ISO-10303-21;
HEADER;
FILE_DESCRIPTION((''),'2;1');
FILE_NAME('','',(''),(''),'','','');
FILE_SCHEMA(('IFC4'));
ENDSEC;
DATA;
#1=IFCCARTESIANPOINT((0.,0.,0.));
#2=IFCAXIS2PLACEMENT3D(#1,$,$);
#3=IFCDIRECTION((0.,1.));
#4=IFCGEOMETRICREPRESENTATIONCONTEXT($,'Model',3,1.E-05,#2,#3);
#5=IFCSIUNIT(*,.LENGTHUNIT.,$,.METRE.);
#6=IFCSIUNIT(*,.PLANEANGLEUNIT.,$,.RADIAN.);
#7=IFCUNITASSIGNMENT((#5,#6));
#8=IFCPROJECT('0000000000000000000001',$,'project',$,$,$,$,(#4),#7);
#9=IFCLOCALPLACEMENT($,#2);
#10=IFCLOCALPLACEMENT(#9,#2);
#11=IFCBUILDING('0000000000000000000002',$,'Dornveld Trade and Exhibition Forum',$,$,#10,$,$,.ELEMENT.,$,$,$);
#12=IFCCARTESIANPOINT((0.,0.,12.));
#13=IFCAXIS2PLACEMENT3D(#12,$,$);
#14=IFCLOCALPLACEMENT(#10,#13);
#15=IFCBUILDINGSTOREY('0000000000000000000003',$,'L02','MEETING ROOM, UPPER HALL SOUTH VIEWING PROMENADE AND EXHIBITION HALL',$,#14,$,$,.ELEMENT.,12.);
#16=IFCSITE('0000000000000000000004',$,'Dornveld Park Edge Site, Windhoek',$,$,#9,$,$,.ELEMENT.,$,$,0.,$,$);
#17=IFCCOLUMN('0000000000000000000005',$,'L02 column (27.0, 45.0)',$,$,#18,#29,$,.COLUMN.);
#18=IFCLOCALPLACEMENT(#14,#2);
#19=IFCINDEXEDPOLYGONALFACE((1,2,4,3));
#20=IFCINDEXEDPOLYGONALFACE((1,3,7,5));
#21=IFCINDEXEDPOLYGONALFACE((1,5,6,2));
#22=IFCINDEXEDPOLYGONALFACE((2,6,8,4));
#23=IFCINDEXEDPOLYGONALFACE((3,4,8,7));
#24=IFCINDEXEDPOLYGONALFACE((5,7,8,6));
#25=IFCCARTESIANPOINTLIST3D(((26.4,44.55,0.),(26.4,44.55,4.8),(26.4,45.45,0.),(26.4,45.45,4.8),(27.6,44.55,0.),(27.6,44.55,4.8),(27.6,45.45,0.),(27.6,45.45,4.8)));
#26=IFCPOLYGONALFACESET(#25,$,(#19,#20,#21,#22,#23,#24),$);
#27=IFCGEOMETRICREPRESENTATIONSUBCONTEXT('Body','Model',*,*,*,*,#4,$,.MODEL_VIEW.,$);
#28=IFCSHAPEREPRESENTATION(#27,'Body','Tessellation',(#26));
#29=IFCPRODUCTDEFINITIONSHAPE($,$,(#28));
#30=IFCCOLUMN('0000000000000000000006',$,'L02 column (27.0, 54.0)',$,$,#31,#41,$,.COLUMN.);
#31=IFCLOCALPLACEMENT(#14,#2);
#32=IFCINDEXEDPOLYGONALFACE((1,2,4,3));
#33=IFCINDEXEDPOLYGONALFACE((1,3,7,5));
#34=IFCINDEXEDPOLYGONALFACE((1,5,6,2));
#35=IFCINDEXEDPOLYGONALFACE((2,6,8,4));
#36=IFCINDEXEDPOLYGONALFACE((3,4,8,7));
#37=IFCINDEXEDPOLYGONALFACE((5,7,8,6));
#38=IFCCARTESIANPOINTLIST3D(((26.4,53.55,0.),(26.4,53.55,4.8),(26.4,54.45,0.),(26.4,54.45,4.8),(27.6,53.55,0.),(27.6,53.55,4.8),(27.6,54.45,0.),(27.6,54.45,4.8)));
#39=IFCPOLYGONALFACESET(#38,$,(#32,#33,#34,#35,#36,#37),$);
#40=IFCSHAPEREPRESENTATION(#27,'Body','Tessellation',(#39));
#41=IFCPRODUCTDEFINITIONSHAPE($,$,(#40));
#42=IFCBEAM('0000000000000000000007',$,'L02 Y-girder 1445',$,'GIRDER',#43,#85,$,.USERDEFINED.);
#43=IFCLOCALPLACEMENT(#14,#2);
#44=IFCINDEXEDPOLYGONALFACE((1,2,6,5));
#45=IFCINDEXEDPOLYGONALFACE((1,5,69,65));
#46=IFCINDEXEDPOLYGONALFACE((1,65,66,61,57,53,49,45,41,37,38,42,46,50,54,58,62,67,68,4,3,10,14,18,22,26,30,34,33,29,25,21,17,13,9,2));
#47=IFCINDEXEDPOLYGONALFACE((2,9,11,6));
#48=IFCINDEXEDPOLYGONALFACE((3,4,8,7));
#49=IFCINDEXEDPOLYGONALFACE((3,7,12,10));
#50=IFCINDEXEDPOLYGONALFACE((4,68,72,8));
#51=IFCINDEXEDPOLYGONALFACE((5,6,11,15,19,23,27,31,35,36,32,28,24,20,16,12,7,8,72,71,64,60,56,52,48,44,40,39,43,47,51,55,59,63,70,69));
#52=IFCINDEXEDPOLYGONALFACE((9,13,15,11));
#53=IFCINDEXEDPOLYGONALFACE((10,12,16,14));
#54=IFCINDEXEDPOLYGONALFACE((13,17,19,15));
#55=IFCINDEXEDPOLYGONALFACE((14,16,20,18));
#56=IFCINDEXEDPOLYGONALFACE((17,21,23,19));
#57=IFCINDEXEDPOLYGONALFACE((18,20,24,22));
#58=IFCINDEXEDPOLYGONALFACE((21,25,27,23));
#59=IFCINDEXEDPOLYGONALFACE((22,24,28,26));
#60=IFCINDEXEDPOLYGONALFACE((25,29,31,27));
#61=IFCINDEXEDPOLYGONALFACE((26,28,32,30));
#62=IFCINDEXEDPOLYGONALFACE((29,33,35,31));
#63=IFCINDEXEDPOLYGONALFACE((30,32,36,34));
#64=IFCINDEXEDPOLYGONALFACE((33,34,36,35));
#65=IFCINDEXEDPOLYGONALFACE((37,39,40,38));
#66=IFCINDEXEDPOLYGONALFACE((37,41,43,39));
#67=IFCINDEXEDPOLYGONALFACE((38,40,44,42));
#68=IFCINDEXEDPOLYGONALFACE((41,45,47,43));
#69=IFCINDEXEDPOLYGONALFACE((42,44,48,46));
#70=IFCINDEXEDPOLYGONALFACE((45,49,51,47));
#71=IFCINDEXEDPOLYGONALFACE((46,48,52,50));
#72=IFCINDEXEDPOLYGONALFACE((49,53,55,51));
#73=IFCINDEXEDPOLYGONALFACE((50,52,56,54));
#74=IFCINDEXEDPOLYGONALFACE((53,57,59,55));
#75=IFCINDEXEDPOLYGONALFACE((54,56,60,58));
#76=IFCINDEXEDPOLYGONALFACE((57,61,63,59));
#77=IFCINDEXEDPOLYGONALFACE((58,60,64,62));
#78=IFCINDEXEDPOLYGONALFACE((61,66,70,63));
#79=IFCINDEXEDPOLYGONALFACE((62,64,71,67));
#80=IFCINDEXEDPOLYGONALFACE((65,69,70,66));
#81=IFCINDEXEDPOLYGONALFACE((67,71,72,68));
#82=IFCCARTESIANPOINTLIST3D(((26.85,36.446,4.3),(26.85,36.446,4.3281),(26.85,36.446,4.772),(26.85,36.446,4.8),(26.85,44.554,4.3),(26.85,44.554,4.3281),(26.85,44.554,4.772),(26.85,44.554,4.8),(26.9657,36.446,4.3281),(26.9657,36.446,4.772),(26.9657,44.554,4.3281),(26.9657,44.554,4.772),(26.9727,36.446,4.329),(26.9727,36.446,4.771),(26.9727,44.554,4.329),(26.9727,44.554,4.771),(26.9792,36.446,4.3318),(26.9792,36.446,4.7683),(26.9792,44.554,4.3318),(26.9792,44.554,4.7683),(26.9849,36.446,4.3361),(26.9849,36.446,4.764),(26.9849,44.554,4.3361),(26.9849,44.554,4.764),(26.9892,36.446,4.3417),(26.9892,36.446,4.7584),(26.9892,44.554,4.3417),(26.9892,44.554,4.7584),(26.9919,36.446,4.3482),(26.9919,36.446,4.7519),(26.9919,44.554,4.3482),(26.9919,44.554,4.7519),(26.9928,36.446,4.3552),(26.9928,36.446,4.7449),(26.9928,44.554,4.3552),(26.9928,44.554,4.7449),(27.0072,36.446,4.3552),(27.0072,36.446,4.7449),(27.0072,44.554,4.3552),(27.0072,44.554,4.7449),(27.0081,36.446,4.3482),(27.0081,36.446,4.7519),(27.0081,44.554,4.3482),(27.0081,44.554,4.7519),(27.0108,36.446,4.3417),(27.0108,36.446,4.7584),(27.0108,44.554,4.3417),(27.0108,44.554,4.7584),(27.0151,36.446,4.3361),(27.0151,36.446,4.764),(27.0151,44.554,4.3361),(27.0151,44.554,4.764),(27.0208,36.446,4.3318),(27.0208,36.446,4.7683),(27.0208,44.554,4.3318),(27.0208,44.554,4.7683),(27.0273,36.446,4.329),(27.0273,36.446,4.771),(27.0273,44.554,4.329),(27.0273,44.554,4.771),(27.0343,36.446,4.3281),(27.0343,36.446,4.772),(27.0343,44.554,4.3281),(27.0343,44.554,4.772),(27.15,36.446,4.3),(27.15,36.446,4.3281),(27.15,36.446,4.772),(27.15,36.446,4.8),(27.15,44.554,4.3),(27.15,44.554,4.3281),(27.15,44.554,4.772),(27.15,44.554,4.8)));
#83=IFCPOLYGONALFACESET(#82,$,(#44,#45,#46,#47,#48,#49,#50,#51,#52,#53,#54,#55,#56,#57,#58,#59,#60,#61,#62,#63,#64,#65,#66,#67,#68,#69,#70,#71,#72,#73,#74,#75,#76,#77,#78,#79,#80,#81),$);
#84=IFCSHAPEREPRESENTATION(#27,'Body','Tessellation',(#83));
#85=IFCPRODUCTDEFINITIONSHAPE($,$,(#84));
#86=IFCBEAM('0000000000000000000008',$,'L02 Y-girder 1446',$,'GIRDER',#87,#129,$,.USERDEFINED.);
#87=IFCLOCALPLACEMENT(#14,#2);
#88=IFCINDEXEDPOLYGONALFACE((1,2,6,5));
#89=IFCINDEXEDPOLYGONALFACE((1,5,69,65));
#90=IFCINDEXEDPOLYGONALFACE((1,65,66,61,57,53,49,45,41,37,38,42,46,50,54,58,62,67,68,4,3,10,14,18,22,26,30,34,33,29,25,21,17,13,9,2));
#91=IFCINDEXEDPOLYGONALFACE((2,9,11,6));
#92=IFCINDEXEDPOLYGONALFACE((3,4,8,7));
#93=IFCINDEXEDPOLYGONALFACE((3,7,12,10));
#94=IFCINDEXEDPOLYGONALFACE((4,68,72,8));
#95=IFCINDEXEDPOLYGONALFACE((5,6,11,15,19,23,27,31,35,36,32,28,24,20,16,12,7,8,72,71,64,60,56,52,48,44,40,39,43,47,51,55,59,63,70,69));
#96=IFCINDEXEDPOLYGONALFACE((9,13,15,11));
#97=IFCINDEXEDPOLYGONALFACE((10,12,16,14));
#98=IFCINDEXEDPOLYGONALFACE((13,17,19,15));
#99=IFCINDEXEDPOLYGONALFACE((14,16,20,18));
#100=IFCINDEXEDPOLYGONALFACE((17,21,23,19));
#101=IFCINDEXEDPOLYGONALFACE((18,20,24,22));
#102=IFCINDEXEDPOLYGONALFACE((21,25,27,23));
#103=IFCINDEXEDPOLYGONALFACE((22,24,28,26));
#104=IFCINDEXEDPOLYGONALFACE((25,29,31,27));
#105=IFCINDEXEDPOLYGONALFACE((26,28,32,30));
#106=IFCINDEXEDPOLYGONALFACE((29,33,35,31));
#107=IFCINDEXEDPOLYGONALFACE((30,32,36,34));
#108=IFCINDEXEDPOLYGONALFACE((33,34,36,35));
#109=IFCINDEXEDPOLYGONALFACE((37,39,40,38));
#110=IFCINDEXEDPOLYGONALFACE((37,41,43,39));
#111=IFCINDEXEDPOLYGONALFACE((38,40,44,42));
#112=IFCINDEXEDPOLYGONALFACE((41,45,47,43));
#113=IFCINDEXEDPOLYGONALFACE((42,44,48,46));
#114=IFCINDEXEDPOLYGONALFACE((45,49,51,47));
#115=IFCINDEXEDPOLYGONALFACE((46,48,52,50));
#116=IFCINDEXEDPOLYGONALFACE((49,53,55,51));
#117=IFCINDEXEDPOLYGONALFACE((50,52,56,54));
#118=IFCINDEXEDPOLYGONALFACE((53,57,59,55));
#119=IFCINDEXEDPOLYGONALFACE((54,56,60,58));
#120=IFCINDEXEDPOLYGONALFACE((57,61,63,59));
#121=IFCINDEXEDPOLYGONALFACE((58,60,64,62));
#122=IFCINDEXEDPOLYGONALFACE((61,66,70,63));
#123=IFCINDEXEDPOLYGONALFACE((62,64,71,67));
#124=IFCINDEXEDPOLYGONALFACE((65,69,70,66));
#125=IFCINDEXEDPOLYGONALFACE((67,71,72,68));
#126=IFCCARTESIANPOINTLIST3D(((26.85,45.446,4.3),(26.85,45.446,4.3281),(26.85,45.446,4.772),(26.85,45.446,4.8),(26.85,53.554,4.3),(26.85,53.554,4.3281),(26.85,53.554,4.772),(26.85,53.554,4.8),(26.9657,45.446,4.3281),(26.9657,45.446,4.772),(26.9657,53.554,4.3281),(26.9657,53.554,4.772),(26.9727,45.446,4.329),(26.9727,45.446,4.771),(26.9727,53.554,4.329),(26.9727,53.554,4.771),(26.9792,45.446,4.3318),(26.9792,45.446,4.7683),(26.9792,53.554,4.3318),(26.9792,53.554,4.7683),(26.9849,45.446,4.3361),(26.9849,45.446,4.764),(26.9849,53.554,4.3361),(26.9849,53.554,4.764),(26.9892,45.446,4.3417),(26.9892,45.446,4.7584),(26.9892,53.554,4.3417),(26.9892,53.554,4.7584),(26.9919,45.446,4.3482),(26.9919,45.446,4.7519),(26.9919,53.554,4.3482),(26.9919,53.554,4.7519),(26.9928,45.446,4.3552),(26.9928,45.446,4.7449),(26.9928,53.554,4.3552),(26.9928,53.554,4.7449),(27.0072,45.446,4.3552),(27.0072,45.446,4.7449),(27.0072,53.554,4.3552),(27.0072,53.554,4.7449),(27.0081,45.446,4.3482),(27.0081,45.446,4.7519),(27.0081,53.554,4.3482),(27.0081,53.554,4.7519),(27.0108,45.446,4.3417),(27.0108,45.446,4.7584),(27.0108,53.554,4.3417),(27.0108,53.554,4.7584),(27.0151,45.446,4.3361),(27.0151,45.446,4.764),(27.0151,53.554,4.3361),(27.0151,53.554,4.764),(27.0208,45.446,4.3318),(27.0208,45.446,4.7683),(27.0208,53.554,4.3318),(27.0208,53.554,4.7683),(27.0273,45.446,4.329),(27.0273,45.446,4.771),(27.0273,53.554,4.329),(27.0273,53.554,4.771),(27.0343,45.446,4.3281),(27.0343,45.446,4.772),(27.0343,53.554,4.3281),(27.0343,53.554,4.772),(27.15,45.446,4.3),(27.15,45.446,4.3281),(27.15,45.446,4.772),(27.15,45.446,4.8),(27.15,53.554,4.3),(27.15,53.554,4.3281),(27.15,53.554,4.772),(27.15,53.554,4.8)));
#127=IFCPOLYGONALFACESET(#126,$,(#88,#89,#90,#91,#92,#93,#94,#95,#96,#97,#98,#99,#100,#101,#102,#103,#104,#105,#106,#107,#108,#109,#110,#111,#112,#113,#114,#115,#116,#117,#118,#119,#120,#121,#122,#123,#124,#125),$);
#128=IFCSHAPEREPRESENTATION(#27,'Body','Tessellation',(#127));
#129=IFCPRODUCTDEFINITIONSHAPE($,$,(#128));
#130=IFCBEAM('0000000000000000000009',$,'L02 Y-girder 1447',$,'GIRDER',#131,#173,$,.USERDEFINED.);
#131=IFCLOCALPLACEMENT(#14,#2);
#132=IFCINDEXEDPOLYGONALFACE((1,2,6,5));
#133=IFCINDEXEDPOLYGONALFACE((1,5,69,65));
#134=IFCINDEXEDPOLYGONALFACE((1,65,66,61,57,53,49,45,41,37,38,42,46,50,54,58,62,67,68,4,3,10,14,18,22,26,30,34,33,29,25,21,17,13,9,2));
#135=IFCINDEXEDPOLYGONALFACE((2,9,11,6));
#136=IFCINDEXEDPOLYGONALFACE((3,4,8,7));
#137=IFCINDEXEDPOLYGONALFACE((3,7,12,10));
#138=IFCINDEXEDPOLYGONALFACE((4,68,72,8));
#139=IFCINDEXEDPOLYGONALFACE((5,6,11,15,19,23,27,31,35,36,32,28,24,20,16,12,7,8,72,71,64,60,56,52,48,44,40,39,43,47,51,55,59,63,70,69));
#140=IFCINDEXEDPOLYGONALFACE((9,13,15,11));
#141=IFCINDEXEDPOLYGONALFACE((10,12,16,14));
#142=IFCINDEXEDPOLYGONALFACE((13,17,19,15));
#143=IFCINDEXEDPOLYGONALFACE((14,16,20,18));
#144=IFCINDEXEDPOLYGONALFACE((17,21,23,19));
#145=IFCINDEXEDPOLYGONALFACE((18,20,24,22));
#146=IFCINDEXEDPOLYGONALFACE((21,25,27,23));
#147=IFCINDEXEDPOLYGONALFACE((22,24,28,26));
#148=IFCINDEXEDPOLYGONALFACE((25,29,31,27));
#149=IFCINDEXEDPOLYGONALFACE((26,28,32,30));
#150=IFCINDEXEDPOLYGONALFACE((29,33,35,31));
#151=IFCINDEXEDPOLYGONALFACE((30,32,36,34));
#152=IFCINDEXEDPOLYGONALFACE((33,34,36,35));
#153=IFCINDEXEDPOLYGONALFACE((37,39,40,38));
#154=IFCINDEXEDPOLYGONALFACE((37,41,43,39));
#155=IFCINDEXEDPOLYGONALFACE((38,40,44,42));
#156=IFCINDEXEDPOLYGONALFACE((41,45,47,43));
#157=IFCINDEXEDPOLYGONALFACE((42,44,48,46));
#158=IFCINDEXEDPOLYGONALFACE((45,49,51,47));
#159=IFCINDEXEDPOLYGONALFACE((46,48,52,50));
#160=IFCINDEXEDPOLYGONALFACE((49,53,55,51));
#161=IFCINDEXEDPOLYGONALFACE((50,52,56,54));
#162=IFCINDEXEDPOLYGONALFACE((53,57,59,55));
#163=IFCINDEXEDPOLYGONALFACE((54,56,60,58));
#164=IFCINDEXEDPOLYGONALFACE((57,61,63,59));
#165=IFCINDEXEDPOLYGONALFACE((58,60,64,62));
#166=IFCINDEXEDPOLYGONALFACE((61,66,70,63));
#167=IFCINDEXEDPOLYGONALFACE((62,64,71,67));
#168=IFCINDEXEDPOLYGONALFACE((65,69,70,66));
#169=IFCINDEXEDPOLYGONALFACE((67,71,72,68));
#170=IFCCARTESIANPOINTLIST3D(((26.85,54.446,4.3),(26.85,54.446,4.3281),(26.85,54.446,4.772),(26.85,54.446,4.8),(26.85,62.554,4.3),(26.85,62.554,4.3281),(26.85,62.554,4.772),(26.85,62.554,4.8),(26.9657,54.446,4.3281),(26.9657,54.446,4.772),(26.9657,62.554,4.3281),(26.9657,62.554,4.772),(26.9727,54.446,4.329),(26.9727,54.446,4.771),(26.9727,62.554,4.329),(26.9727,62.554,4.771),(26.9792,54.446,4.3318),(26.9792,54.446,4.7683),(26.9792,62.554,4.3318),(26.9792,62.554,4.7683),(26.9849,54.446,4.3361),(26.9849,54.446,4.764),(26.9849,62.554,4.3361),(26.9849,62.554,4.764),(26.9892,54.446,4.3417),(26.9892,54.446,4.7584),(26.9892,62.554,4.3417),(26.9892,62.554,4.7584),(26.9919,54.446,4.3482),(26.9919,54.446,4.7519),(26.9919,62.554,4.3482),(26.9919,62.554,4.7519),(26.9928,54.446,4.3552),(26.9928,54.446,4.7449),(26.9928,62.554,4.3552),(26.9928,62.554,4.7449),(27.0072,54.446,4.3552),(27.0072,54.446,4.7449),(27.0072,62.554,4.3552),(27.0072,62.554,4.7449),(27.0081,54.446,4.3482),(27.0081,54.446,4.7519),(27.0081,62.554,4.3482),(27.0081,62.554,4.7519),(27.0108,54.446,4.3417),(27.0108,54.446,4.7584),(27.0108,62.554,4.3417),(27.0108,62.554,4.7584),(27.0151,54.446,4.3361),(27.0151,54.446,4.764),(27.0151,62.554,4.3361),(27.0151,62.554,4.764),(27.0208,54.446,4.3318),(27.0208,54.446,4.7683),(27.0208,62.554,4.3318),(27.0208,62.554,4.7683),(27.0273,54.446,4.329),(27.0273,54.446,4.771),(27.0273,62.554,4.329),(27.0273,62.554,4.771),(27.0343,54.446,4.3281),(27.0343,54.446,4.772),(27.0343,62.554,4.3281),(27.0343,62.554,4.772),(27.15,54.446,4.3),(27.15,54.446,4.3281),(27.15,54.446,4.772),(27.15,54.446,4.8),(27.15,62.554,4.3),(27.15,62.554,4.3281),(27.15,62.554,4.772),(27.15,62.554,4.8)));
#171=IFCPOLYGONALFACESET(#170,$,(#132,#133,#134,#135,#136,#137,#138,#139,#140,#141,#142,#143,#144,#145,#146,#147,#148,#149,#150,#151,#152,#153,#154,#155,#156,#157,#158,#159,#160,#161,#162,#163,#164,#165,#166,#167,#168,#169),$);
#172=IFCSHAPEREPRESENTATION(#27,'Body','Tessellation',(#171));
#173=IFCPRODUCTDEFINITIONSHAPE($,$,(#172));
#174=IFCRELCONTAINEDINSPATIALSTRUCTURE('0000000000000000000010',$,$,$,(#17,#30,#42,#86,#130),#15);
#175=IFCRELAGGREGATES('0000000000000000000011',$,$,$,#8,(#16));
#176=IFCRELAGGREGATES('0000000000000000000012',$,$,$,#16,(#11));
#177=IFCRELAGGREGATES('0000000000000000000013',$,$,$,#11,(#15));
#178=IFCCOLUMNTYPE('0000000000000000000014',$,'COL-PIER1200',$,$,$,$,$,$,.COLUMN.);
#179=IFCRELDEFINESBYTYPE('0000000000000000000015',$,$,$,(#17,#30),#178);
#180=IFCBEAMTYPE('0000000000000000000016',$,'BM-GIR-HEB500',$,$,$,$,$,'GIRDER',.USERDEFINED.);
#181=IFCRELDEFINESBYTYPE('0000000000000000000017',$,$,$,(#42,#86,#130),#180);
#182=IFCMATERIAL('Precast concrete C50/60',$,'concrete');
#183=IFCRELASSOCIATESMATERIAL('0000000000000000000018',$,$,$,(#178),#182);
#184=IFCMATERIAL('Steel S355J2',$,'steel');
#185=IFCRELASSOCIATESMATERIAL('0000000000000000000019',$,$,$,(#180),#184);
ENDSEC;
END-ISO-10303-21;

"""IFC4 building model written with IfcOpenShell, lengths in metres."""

from ifc_helpers import new_model, si_unit, direction, frame, origin, origin_2d, place, context, subcontext, project, spatial, rectangle, i_section, extrude, material, material_profile, profile_set, type_object, element, save


model = new_model("IFC4")

# Units and contexts
model_context = context("Model", 3, precision=1e-05, world=origin(), true_north=direction((0.0, 1.0)))
body_context = subcontext(model_context, "Body", "Model", "MODEL_VIEW")
ifc_project = project(units=[si_unit("LENGTHUNIT", "METRE"), si_unit("PLANEANGLEUNIT", "RADIAN")], contexts=[model_context])

# Site, building, storey
site_placement = place(None, origin())
site = spatial("IfcSite", under=ifc_project, at=site_placement, Name="Dornveld Park Edge Site, Windhoek", CompositionType="ELEMENT", RefElevation=0.0)
building_placement = place(site_placement, origin())
building = spatial("IfcBuilding", under=site, at=building_placement, Name="Dornveld Trade and Exhibition Forum", CompositionType="ELEMENT")
storey_placement = place(building_placement, frame((0.0, 0.0, 12.0)))
storey = spatial("IfcBuildingStorey", under=building, at=storey_placement, Name="L02", Description="MEETING ROOM, UPPER HALL SOUTH VIEWING PROMENADE AND EXHIBITION HALL", CompositionType="ELEMENT", Elevation=12.0)

# Columns
ifc_material_1 = material(Name="Precast concrete C50/60", Category="concrete")
ifc_material_profile_1 = material_profile(ifc_material_1, rectangle(XDim=1.2, YDim=0.8999, at=origin_2d()), Name="PC-PIER 1200x900")
ifc_profile_set_1 = profile_set([ifc_material_profile_1], Name="Precast concrete C50/60")
column_type = type_object("IfcColumnType", Name="COL-PIER1200", PredefinedType="COLUMN", material=ifc_profile_set_1)
for number, where, z_axis, x_axis, name in (
    (1, (27.0, 45.0, 0.0), (0.0, 0.0, 1.0), (1.0, 0.0, 0.0), "L02 column (27.0, 45.0)"),
    (2, (27.0, 54.0, 0.0), (0.0, 0.0, 1.0), (1.0, 0.0, 0.0), "L02 column (27.0, 54.0)"),
):
    element("IfcColumn", number, at=place(storey_placement, frame(where, z_axis=z_axis, x_axis=x_axis)), inside=storey, type_object=column_type, Name=name, PredefinedType="COLUMN", context=body_context, shape_type="SweptSolid", body=[
        extrude(rectangle(XDim=1.2, YDim=0.8999, at=origin_2d()), origin(), (0.0, 0.0, 1.0), 4.8),
    ])

# Beams
ifc_material_2 = material(Name="Steel S355J2", Category="steel")
ifc_material_profile_2 = material_profile(ifc_material_2, i_section(OverallWidth=0.3, OverallDepth=0.5, WebThickness=0.0144, FlangeThickness=0.0281, FilletRadius=0.0271, at=origin_2d()), Name="HEB 500")
ifc_profile_set_2 = profile_set([ifc_material_profile_2], Name="Steel S355J2")
beam_type = type_object("IfcBeamType", Name="BM-GIR-HEB500", ElementType="GIRDER", PredefinedType="USERDEFINED", material=ifc_profile_set_2)
for number, where, z_axis, x_axis, name in (
    (3, (27.0, 36.446, 4.55), (0.0, 1.0, 0.0), (-1.0, 0.0, 0.0), "L02 Y-girder 1445"),
    (4, (27.0, 45.446, 4.55), (0.0, 1.0, 0.0), (-1.0, 0.0, 0.0), "L02 Y-girder 1446"),
    (5, (27.0, 54.446, 4.55), (0.0, 1.0, 0.0), (-1.0, 0.0, 0.0), "L02 Y-girder 1447"),
):
    element("IfcBeam", number, at=place(storey_placement, frame(where, z_axis=z_axis, x_axis=x_axis)), inside=storey, type_object=beam_type, Name=name, ObjectType="GIRDER", PredefinedType="USERDEFINED", context=body_context, shape_type="SweptSolid", body=[
        extrude(i_section(OverallWidth=0.3, OverallDepth=0.5, WebThickness=0.0144, FlangeThickness=0.0281, FilletRadius=0.0271, at=origin_2d()), origin(), (0.0, 0.0, 1.0), 8.1079),
    ])

save(model, "model.ifc")
